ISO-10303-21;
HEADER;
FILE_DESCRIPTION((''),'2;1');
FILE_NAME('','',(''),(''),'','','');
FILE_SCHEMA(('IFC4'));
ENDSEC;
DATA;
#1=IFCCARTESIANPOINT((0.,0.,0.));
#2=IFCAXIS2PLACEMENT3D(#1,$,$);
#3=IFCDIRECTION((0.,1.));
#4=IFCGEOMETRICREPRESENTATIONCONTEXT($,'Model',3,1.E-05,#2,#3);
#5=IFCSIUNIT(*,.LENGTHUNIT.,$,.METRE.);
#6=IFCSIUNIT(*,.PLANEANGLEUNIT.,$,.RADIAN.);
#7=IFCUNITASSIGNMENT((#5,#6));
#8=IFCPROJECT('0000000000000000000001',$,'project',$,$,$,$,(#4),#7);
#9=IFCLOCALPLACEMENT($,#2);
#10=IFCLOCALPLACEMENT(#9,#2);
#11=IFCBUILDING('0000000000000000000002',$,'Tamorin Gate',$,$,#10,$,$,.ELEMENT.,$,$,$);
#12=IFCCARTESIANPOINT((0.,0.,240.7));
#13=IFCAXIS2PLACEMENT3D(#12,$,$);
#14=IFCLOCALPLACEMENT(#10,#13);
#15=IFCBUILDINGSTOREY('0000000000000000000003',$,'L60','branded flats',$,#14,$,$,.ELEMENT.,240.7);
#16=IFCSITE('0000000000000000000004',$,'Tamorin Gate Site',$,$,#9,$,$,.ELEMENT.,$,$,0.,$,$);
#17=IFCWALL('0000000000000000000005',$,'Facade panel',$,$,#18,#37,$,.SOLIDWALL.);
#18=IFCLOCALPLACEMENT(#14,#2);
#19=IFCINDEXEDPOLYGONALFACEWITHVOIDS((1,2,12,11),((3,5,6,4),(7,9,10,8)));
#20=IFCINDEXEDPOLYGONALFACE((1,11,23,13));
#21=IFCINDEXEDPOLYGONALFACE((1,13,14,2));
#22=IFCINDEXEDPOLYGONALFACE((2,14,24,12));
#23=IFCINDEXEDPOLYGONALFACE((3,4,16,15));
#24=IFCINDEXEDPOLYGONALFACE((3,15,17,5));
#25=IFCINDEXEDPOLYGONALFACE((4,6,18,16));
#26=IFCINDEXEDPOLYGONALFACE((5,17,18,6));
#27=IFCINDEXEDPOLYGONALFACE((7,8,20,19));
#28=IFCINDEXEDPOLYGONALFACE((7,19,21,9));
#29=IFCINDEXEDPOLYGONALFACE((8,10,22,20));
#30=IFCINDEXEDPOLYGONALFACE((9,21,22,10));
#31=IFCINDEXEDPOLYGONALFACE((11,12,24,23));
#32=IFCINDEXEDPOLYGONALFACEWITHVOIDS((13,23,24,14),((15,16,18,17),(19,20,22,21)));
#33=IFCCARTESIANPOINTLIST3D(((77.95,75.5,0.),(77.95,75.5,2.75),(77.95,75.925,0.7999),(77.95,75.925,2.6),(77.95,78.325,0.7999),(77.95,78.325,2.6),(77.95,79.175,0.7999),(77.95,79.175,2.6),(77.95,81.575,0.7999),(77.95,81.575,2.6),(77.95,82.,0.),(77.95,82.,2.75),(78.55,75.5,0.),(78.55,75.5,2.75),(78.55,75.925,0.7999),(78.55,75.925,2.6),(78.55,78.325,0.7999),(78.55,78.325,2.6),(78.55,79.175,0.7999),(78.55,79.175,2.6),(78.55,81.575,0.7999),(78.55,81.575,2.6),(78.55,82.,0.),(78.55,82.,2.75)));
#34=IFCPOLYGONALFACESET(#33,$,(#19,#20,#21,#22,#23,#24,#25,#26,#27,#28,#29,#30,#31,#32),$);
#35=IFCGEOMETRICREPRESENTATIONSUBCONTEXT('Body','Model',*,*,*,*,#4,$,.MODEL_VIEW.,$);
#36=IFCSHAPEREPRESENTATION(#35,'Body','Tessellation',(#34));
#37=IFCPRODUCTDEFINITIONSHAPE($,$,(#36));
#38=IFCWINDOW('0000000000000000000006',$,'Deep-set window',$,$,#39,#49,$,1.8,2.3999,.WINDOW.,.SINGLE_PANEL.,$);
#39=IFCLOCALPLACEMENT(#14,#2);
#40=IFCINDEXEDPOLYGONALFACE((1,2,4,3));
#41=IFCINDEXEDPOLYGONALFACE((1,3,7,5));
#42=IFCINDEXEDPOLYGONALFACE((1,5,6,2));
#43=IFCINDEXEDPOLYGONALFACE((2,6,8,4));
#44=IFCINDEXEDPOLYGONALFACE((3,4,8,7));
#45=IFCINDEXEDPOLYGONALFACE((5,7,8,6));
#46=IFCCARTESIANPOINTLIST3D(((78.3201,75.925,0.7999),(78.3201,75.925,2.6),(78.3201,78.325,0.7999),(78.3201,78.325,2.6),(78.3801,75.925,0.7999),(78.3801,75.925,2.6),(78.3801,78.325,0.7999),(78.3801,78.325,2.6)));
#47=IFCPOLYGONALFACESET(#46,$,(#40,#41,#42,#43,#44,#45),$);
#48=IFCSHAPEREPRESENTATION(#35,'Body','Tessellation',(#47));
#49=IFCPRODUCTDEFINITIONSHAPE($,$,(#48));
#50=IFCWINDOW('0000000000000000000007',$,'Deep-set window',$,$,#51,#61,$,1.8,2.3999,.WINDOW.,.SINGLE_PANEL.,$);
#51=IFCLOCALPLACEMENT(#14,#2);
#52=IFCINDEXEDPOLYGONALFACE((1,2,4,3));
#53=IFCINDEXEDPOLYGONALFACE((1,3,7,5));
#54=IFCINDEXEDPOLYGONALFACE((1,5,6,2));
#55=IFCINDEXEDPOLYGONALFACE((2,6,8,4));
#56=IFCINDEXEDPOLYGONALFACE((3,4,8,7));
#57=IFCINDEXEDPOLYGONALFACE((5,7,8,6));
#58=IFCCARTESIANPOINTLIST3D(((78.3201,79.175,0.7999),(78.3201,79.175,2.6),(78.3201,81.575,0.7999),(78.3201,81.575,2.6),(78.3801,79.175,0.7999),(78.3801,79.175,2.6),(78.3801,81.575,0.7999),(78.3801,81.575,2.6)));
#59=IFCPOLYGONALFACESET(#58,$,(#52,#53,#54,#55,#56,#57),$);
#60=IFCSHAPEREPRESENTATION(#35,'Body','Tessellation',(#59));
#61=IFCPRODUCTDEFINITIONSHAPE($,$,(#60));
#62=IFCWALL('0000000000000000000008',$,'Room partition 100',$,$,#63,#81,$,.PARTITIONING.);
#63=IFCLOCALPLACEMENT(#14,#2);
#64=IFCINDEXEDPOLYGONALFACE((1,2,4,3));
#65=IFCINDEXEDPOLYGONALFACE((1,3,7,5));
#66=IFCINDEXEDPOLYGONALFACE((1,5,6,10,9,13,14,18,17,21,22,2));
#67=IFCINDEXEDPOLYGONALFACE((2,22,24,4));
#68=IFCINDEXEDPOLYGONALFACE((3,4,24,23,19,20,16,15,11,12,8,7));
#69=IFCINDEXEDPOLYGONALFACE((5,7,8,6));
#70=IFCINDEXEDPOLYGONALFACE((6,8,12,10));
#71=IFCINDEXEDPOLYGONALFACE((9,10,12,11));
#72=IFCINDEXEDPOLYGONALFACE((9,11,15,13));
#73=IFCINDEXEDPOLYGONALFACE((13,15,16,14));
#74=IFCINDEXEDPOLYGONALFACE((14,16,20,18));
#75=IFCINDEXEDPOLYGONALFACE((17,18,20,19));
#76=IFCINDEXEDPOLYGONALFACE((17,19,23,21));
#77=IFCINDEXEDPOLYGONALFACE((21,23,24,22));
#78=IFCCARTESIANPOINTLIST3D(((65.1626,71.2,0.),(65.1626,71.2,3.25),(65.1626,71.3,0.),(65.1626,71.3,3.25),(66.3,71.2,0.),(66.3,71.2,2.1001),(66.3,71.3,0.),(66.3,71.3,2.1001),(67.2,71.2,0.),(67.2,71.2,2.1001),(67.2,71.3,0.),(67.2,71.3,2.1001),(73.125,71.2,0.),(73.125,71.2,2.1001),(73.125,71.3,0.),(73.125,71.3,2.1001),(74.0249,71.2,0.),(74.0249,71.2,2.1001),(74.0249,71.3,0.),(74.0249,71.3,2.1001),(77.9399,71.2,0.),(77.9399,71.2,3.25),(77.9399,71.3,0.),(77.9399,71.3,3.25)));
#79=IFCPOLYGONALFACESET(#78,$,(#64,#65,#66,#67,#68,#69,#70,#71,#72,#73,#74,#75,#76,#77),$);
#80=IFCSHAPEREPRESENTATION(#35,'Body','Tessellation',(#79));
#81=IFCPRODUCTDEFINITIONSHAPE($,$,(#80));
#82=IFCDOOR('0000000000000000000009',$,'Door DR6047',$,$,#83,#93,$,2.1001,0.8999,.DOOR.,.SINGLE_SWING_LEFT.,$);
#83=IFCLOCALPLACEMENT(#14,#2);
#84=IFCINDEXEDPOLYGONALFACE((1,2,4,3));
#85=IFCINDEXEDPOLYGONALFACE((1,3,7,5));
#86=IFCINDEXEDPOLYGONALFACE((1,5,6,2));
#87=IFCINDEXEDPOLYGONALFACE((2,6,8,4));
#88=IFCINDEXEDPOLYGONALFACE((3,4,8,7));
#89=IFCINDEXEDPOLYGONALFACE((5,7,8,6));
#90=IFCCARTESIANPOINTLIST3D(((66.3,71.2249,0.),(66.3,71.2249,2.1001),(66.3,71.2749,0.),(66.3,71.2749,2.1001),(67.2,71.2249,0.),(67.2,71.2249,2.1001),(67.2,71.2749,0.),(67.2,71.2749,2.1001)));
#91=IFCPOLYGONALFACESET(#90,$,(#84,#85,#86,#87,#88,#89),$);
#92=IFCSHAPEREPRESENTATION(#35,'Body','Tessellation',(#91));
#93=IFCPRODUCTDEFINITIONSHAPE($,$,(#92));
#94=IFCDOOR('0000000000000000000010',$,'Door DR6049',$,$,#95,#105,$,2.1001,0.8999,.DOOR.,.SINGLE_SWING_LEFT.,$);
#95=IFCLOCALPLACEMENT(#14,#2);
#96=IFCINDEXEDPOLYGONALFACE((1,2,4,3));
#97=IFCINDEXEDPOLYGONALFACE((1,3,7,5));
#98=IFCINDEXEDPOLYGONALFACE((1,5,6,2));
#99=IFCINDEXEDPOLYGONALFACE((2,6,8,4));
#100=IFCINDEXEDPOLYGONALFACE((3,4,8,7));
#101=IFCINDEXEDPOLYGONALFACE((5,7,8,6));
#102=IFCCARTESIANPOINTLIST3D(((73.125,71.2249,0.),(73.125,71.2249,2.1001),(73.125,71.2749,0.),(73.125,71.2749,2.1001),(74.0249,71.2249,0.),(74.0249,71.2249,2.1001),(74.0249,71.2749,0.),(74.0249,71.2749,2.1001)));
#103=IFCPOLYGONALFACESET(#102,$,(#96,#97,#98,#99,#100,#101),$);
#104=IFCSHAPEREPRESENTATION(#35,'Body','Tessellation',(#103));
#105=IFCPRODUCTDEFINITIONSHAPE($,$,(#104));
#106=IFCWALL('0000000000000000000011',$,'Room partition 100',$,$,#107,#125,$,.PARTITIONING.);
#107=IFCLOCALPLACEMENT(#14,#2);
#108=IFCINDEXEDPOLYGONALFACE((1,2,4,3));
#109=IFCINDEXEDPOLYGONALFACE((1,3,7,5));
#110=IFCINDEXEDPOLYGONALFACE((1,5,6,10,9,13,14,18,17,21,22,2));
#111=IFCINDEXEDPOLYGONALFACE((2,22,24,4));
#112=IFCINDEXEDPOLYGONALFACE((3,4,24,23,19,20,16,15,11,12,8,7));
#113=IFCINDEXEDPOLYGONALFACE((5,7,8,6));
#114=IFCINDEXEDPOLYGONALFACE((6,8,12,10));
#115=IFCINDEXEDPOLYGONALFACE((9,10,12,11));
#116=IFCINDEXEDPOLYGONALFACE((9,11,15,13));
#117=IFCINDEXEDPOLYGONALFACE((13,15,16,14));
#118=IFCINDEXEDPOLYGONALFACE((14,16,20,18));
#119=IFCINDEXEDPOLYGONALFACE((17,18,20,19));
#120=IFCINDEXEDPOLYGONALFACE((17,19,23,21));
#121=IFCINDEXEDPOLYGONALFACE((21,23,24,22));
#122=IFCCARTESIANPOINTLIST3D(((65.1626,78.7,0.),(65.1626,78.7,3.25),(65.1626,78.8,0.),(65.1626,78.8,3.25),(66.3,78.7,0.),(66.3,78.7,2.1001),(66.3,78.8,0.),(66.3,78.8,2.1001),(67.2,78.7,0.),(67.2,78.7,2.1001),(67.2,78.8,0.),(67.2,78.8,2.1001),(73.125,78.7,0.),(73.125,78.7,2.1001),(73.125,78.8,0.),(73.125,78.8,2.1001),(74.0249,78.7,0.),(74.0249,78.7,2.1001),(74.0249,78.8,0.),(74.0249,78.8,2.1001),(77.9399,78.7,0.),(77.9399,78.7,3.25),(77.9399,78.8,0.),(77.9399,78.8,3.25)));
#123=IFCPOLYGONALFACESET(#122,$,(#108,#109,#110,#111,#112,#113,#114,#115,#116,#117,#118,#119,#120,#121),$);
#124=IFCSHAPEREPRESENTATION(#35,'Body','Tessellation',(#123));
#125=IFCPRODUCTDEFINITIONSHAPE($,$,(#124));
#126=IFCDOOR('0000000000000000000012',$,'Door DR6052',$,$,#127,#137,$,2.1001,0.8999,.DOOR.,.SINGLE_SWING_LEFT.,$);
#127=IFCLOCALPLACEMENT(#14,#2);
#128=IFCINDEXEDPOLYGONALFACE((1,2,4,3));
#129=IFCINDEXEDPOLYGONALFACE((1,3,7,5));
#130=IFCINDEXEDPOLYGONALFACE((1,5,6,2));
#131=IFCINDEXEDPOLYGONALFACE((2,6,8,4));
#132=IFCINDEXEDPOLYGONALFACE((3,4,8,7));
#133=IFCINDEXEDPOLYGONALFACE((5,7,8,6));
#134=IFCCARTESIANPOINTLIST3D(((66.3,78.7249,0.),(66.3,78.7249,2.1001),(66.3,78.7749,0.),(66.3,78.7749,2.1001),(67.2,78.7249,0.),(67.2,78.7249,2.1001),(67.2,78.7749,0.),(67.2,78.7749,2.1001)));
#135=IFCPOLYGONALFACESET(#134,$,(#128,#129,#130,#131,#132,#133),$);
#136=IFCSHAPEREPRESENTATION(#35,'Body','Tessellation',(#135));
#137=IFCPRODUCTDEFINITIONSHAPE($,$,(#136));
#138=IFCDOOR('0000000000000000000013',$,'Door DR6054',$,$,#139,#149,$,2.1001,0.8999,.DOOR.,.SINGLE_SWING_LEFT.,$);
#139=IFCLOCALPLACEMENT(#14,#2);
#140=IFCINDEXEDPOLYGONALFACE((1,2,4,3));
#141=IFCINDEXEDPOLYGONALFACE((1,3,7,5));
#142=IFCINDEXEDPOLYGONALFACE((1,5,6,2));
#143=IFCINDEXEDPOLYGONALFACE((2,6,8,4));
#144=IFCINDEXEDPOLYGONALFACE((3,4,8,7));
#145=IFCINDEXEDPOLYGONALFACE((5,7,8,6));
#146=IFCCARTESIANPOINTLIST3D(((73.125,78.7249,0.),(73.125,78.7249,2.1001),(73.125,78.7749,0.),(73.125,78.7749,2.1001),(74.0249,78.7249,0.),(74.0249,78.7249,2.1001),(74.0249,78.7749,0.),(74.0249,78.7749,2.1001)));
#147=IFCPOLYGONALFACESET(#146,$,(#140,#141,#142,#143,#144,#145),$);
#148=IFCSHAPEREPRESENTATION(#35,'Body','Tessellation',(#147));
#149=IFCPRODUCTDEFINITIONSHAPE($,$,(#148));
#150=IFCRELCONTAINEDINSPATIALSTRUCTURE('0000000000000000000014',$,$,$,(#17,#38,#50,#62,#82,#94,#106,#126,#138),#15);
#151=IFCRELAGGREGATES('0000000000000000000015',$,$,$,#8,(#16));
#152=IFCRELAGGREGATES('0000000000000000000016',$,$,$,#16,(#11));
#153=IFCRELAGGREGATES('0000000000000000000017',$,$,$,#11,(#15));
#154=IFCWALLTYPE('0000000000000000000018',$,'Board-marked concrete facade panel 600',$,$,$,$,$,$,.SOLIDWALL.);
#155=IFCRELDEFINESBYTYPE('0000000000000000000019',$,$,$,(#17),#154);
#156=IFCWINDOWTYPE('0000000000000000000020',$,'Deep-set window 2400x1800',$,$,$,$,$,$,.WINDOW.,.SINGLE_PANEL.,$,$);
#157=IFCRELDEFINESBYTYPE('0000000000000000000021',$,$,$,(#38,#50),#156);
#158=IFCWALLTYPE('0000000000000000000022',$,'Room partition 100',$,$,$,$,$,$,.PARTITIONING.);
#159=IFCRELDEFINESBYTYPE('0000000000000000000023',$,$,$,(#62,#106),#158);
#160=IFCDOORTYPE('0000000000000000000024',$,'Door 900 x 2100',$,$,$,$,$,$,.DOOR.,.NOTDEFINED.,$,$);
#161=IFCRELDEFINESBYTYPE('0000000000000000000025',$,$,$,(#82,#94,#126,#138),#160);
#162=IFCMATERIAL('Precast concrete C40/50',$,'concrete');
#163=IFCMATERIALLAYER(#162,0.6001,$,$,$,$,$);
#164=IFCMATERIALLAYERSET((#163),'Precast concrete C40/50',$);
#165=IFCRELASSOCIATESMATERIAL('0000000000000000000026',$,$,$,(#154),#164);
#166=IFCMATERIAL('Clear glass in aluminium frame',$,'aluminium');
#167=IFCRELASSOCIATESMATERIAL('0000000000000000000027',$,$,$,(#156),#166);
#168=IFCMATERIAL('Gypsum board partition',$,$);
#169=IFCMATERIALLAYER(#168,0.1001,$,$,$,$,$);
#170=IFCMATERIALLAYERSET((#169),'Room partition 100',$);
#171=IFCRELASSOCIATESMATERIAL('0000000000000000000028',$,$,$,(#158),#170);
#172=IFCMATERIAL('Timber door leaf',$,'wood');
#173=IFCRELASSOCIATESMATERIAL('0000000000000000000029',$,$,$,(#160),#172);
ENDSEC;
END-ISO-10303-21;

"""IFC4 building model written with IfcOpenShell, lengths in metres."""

from ifc_helpers import new_model, si_unit, direction, frame, frame_2d, origin, place, context, subcontext, project, spatial, rectangle, extrude, material, layer, layer_set, type_object, element, fill, save


model = new_model("IFC4")

# Units and contexts
model_context = context("Model", 3, precision=1e-05, world=origin(), true_north=direction((0.0, 1.0)))
body_context = subcontext(model_context, "Body", "Model", "MODEL_VIEW")
ifc_project = project(units=[si_unit("LENGTHUNIT", "METRE"), si_unit("PLANEANGLEUNIT", "RADIAN")], contexts=[model_context])

# Site, building, storey
site_placement = place(None, origin())
site = spatial("IfcSite", under=ifc_project, at=site_placement, Name="Tamorin Gate Site", CompositionType="ELEMENT", RefElevation=0.0)
building_placement = place(site_placement, origin())
building = spatial("IfcBuilding", under=site, at=building_placement, Name="Tamorin Gate", CompositionType="ELEMENT")
storey_placement = place(building_placement, frame((0.0, 0.0, 240.7)))
storey = spatial("IfcBuildingStorey", under=building, at=storey_placement, Name="L60", Description="branded flats", CompositionType="ELEMENT", Elevation=240.7)

# Wall, openings, windows
ifc_material_1 = material(Name="Precast concrete C40/50", Category="concrete")
ifc_layer_1 = layer(ifc_material_1, 0.6001)
ifc_layer_set_1 = layer_set([ifc_layer_1], Name="Precast concrete C40/50")
wall_type_1 = type_object("IfcWallType", Name="Board-marked concrete facade panel 600", PredefinedType="SOLIDWALL", material=ifc_layer_set_1)
ifc_material_2 = material(Name="Clear glass in aluminium frame", Category="aluminium")
window_type = type_object("IfcWindowType", Name="Deep-set window 2400x1800", PartitioningType="SINGLE_PANEL", PredefinedType="WINDOW", material=ifc_material_2)
wall_1_placement = place(storey_placement, frame((78.25, 75.5, 0.0), z_axis=(0.0, 0.0, 1.0), x_axis=(0.0, 1.0, 0.0)))
wall_1 = element("IfcWall", 1, at=wall_1_placement, inside=storey, type_object=wall_type_1, Name="Facade panel", PredefinedType="SOLIDWALL", context=body_context, shape_type="SweptSolid", body=[
    extrude(rectangle(XDim=6.5, YDim=0.6001, at=frame_2d((3.25, 0.0))), origin(), (0.0, 0.0, 1.0), 2.75),
])
opening_1_placement = place(wall_1_placement, frame((0.425, 0.0, 0.8)))
opening_1 = element("IfcOpeningElement", 2, at=opening_1_placement, cuts=wall_1, PredefinedType="OPENING", context=body_context, shape_type="SweptSolid", body=[
    extrude(rectangle(XDim=2.3999, YDim=1.8, at=frame_2d((1.2, 0.8999))), frame((0.0, 0.3101, 0.0), z_axis=(0.0, -1.0, 0.0), x_axis=(1.0, 0.0, 0.0)), (0.0, 0.0, 1.0), 0.6201),
])
opening_2_placement = place(wall_1_placement, frame((3.675, 0.0, 0.8)))
opening_2 = element("IfcOpeningElement", 3, at=opening_2_placement, cuts=wall_1, PredefinedType="OPENING", context=body_context, shape_type="SweptSolid", body=[
    extrude(rectangle(XDim=2.3999, YDim=1.8, at=frame_2d((1.2, 0.8999))), frame((0.0, 0.3101, 0.0), z_axis=(0.0, -1.0, 0.0), x_axis=(1.0, 0.0, 0.0)), (0.0, 0.0, 1.0), 0.6201),
])
window_1_placement = place(opening_1_placement, origin())
window_1 = element("IfcWindow", 4, at=window_1_placement, inside=storey, type_object=window_type, Name="Deep-set window", OverallHeight=1.8, OverallWidth=2.3999, PartitioningType="SINGLE_PANEL", PredefinedType="WINDOW", context=body_context, shape_type="SweptSolid", body=[
    extrude(rectangle(XDim=2.3999, YDim=1.8, at=frame_2d((1.2, 0.8999))), frame((0.0, -0.0701, 0.0), z_axis=(0.0, -1.0, 0.0), x_axis=(1.0, 0.0, 0.0)), (0.0, 0.0, 1.0), 0.0601),
])
fill(opening_1, window_1)
window_2_placement = place(opening_2_placement, origin())
window_2 = element("IfcWindow", 5, at=window_2_placement, inside=storey, type_object=window_type, Name="Deep-set window", OverallHeight=1.8, OverallWidth=2.3999, PartitioningType="SINGLE_PANEL", PredefinedType="WINDOW", context=body_context, shape_type="SweptSolid", body=[
    extrude(rectangle(XDim=2.3999, YDim=1.8, at=frame_2d((1.2, 0.8999))), frame((0.0, -0.0701, 0.0), z_axis=(0.0, -1.0, 0.0), x_axis=(1.0, 0.0, 0.0)), (0.0, 0.0, 1.0), 0.0601),
])
fill(opening_2, window_2)

# Walls, openings, doors
ifc_material_3 = material(Name="Gypsum board partition")
ifc_layer_2 = layer(ifc_material_3, 0.1001)
ifc_layer_set_2 = layer_set([ifc_layer_2], Name="Room partition 100")
wall_type_2 = type_object("IfcWallType", Name="Room partition 100", PredefinedType="PARTITIONING", material=ifc_layer_set_2)
wall_2_placement = place(storey_placement, frame((65.1626, 71.25, 0.0), z_axis=(0.0, 0.0, 1.0), x_axis=(1.0, 0.0, 0.0)))
wall_2 = element("IfcWall", 6, at=wall_2_placement, inside=storey, type_object=wall_type_2, Name="Room partition 100", PredefinedType="PARTITIONING", context=body_context, shape_type="SweptSolid", body=[
    extrude(rectangle(XDim=12.7773, YDim=0.1001, at=frame_2d((6.3887, 0.0))), origin(), (0.0, 0.0, 1.0), 3.25),
])
opening_3_placement = place(wall_2_placement, frame((1.1375, 0.0, 0.0)))
opening_3 = element("IfcOpeningElement", 7, at=opening_3_placement, cuts=wall_2, PredefinedType="OPENING", context=body_context, shape_type="SweptSolid", body=[
    extrude(rectangle(XDim=0.8999, YDim=2.1001, at=frame_2d((0.45, 1.05))), frame((0.0, 0.0601, 0.0), z_axis=(0.0, -1.0, 0.0), x_axis=(1.0, 0.0, 0.0)), (0.0, 0.0, 1.0), 0.1201),
])
opening_4_placement = place(wall_2_placement, frame((7.9624, 0.0, 0.0)))
opening_4 = element("IfcOpeningElement", 8, at=opening_4_placement, cuts=wall_2, PredefinedType="OPENING", context=body_context, shape_type="SweptSolid", body=[
    extrude(rectangle(XDim=0.8999, YDim=2.1001, at=frame_2d((0.45, 1.05))), frame((0.0, 0.0601, 0.0), z_axis=(0.0, -1.0, 0.0), x_axis=(1.0, 0.0, 0.0)), (0.0, 0.0, 1.0), 0.1201),
])
ifc_material_4 = material(Name="Timber door leaf", Category="wood")
door_type = type_object("IfcDoorType", Name="Door 900 x 2100", OperationType="NOTDEFINED", PredefinedType="DOOR", material=ifc_material_4)
door_1_placement = place(opening_3_placement, origin())
door_1 = element("IfcDoor", 9, at=door_1_placement, inside=storey, type_object=door_type, Name="Door DR6047", OperationType="SINGLE_SWING_LEFT", OverallHeight=2.1001, OverallWidth=0.8999, PredefinedType="DOOR", context=body_context, shape_type="SweptSolid", body=[
    extrude(rectangle(XDim=0.8999, YDim=2.1001, at=frame_2d((0.45, 1.05))), frame((0.0, 0.0249, 0.0), z_axis=(0.0, -1.0, 0.0), x_axis=(1.0, 0.0, 0.0)), (0.0, 0.0, 1.0), 0.05),
])
fill(opening_3, door_1)
door_2_placement = place(opening_4_placement, origin())
door_2 = element("IfcDoor", 10, at=door_2_placement, inside=storey, type_object=door_type, Name="Door DR6049", OperationType="SINGLE_SWING_LEFT", OverallHeight=2.1001, OverallWidth=0.8999, PredefinedType="DOOR", context=body_context, shape_type="SweptSolid", body=[
    extrude(rectangle(XDim=0.8999, YDim=2.1001, at=frame_2d((0.45, 1.05))), frame((0.0, 0.0249, 0.0), z_axis=(0.0, -1.0, 0.0), x_axis=(1.0, 0.0, 0.0)), (0.0, 0.0, 1.0), 0.05),
])
fill(opening_4, door_2)
wall_3_placement = place(storey_placement, frame((65.1626, 78.75, 0.0), z_axis=(0.0, 0.0, 1.0), x_axis=(1.0, 0.0, 0.0)))
wall_3 = element("IfcWall", 11, at=wall_3_placement, inside=storey, type_object=wall_type_2, Name="Room partition 100", PredefinedType="PARTITIONING", context=body_context, shape_type="SweptSolid", body=[
    extrude(rectangle(XDim=12.7773, YDim=0.1001, at=frame_2d((6.3887, 0.0))), origin(), (0.0, 0.0, 1.0), 3.25),
])
opening_5_placement = place(wall_3_placement, frame((1.1375, 0.0, 0.0)))
opening_5 = element("IfcOpeningElement", 12, at=opening_5_placement, cuts=wall_3, PredefinedType="OPENING", context=body_context, shape_type="SweptSolid", body=[
    extrude(rectangle(XDim=0.8999, YDim=2.1001, at=frame_2d((0.45, 1.05))), frame((0.0, 0.0601, 0.0), z_axis=(0.0, -1.0, 0.0), x_axis=(1.0, 0.0, 0.0)), (0.0, 0.0, 1.0), 0.1201),
])
opening_6_placement = place(wall_3_placement, frame((7.9624, 0.0, 0.0)))
opening_6 = element("IfcOpeningElement", 13, at=opening_6_placement, cuts=wall_3, PredefinedType="OPENING", context=body_context, shape_type="SweptSolid", body=[
    extrude(rectangle(XDim=0.8999, YDim=2.1001, at=frame_2d((0.45, 1.05))), frame((0.0, 0.0601, 0.0), z_axis=(0.0, -1.0, 0.0), x_axis=(1.0, 0.0, 0.0)), (0.0, 0.0, 1.0), 0.1201),
])
door_3_placement = place(opening_5_placement, origin())
door_3 = element("IfcDoor", 14, at=door_3_placement, inside=storey, type_object=door_type, Name="Door DR6052", OperationType="SINGLE_SWING_LEFT", OverallHeight=2.1001, OverallWidth=0.8999, PredefinedType="DOOR", context=body_context, shape_type="SweptSolid", body=[
    extrude(rectangle(XDim=0.8999, YDim=2.1001, at=frame_2d((0.45, 1.05))), frame((0.0, 0.0249, 0.0), z_axis=(0.0, -1.0, 0.0), x_axis=(1.0, 0.0, 0.0)), (0.0, 0.0, 1.0), 0.05),
])
fill(opening_5, door_3)
door_4_placement = place(opening_6_placement, origin())
door_4 = element("IfcDoor", 15, at=door_4_placement, inside=storey, type_object=door_type, Name="Door DR6054", OperationType="SINGLE_SWING_LEFT", OverallHeight=2.1001, OverallWidth=0.8999, PredefinedType="DOOR", context=body_context, shape_type="SweptSolid", body=[
    extrude(rectangle(XDim=0.8999, YDim=2.1001, at=frame_2d((0.45, 1.05))), frame((0.0, 0.0249, 0.0), z_axis=(0.0, -1.0, 0.0), x_axis=(1.0, 0.0, 0.0)), (0.0, 0.0, 1.0), 0.05),
])
fill(opening_6, door_4)

save(model, "model.ifc")
